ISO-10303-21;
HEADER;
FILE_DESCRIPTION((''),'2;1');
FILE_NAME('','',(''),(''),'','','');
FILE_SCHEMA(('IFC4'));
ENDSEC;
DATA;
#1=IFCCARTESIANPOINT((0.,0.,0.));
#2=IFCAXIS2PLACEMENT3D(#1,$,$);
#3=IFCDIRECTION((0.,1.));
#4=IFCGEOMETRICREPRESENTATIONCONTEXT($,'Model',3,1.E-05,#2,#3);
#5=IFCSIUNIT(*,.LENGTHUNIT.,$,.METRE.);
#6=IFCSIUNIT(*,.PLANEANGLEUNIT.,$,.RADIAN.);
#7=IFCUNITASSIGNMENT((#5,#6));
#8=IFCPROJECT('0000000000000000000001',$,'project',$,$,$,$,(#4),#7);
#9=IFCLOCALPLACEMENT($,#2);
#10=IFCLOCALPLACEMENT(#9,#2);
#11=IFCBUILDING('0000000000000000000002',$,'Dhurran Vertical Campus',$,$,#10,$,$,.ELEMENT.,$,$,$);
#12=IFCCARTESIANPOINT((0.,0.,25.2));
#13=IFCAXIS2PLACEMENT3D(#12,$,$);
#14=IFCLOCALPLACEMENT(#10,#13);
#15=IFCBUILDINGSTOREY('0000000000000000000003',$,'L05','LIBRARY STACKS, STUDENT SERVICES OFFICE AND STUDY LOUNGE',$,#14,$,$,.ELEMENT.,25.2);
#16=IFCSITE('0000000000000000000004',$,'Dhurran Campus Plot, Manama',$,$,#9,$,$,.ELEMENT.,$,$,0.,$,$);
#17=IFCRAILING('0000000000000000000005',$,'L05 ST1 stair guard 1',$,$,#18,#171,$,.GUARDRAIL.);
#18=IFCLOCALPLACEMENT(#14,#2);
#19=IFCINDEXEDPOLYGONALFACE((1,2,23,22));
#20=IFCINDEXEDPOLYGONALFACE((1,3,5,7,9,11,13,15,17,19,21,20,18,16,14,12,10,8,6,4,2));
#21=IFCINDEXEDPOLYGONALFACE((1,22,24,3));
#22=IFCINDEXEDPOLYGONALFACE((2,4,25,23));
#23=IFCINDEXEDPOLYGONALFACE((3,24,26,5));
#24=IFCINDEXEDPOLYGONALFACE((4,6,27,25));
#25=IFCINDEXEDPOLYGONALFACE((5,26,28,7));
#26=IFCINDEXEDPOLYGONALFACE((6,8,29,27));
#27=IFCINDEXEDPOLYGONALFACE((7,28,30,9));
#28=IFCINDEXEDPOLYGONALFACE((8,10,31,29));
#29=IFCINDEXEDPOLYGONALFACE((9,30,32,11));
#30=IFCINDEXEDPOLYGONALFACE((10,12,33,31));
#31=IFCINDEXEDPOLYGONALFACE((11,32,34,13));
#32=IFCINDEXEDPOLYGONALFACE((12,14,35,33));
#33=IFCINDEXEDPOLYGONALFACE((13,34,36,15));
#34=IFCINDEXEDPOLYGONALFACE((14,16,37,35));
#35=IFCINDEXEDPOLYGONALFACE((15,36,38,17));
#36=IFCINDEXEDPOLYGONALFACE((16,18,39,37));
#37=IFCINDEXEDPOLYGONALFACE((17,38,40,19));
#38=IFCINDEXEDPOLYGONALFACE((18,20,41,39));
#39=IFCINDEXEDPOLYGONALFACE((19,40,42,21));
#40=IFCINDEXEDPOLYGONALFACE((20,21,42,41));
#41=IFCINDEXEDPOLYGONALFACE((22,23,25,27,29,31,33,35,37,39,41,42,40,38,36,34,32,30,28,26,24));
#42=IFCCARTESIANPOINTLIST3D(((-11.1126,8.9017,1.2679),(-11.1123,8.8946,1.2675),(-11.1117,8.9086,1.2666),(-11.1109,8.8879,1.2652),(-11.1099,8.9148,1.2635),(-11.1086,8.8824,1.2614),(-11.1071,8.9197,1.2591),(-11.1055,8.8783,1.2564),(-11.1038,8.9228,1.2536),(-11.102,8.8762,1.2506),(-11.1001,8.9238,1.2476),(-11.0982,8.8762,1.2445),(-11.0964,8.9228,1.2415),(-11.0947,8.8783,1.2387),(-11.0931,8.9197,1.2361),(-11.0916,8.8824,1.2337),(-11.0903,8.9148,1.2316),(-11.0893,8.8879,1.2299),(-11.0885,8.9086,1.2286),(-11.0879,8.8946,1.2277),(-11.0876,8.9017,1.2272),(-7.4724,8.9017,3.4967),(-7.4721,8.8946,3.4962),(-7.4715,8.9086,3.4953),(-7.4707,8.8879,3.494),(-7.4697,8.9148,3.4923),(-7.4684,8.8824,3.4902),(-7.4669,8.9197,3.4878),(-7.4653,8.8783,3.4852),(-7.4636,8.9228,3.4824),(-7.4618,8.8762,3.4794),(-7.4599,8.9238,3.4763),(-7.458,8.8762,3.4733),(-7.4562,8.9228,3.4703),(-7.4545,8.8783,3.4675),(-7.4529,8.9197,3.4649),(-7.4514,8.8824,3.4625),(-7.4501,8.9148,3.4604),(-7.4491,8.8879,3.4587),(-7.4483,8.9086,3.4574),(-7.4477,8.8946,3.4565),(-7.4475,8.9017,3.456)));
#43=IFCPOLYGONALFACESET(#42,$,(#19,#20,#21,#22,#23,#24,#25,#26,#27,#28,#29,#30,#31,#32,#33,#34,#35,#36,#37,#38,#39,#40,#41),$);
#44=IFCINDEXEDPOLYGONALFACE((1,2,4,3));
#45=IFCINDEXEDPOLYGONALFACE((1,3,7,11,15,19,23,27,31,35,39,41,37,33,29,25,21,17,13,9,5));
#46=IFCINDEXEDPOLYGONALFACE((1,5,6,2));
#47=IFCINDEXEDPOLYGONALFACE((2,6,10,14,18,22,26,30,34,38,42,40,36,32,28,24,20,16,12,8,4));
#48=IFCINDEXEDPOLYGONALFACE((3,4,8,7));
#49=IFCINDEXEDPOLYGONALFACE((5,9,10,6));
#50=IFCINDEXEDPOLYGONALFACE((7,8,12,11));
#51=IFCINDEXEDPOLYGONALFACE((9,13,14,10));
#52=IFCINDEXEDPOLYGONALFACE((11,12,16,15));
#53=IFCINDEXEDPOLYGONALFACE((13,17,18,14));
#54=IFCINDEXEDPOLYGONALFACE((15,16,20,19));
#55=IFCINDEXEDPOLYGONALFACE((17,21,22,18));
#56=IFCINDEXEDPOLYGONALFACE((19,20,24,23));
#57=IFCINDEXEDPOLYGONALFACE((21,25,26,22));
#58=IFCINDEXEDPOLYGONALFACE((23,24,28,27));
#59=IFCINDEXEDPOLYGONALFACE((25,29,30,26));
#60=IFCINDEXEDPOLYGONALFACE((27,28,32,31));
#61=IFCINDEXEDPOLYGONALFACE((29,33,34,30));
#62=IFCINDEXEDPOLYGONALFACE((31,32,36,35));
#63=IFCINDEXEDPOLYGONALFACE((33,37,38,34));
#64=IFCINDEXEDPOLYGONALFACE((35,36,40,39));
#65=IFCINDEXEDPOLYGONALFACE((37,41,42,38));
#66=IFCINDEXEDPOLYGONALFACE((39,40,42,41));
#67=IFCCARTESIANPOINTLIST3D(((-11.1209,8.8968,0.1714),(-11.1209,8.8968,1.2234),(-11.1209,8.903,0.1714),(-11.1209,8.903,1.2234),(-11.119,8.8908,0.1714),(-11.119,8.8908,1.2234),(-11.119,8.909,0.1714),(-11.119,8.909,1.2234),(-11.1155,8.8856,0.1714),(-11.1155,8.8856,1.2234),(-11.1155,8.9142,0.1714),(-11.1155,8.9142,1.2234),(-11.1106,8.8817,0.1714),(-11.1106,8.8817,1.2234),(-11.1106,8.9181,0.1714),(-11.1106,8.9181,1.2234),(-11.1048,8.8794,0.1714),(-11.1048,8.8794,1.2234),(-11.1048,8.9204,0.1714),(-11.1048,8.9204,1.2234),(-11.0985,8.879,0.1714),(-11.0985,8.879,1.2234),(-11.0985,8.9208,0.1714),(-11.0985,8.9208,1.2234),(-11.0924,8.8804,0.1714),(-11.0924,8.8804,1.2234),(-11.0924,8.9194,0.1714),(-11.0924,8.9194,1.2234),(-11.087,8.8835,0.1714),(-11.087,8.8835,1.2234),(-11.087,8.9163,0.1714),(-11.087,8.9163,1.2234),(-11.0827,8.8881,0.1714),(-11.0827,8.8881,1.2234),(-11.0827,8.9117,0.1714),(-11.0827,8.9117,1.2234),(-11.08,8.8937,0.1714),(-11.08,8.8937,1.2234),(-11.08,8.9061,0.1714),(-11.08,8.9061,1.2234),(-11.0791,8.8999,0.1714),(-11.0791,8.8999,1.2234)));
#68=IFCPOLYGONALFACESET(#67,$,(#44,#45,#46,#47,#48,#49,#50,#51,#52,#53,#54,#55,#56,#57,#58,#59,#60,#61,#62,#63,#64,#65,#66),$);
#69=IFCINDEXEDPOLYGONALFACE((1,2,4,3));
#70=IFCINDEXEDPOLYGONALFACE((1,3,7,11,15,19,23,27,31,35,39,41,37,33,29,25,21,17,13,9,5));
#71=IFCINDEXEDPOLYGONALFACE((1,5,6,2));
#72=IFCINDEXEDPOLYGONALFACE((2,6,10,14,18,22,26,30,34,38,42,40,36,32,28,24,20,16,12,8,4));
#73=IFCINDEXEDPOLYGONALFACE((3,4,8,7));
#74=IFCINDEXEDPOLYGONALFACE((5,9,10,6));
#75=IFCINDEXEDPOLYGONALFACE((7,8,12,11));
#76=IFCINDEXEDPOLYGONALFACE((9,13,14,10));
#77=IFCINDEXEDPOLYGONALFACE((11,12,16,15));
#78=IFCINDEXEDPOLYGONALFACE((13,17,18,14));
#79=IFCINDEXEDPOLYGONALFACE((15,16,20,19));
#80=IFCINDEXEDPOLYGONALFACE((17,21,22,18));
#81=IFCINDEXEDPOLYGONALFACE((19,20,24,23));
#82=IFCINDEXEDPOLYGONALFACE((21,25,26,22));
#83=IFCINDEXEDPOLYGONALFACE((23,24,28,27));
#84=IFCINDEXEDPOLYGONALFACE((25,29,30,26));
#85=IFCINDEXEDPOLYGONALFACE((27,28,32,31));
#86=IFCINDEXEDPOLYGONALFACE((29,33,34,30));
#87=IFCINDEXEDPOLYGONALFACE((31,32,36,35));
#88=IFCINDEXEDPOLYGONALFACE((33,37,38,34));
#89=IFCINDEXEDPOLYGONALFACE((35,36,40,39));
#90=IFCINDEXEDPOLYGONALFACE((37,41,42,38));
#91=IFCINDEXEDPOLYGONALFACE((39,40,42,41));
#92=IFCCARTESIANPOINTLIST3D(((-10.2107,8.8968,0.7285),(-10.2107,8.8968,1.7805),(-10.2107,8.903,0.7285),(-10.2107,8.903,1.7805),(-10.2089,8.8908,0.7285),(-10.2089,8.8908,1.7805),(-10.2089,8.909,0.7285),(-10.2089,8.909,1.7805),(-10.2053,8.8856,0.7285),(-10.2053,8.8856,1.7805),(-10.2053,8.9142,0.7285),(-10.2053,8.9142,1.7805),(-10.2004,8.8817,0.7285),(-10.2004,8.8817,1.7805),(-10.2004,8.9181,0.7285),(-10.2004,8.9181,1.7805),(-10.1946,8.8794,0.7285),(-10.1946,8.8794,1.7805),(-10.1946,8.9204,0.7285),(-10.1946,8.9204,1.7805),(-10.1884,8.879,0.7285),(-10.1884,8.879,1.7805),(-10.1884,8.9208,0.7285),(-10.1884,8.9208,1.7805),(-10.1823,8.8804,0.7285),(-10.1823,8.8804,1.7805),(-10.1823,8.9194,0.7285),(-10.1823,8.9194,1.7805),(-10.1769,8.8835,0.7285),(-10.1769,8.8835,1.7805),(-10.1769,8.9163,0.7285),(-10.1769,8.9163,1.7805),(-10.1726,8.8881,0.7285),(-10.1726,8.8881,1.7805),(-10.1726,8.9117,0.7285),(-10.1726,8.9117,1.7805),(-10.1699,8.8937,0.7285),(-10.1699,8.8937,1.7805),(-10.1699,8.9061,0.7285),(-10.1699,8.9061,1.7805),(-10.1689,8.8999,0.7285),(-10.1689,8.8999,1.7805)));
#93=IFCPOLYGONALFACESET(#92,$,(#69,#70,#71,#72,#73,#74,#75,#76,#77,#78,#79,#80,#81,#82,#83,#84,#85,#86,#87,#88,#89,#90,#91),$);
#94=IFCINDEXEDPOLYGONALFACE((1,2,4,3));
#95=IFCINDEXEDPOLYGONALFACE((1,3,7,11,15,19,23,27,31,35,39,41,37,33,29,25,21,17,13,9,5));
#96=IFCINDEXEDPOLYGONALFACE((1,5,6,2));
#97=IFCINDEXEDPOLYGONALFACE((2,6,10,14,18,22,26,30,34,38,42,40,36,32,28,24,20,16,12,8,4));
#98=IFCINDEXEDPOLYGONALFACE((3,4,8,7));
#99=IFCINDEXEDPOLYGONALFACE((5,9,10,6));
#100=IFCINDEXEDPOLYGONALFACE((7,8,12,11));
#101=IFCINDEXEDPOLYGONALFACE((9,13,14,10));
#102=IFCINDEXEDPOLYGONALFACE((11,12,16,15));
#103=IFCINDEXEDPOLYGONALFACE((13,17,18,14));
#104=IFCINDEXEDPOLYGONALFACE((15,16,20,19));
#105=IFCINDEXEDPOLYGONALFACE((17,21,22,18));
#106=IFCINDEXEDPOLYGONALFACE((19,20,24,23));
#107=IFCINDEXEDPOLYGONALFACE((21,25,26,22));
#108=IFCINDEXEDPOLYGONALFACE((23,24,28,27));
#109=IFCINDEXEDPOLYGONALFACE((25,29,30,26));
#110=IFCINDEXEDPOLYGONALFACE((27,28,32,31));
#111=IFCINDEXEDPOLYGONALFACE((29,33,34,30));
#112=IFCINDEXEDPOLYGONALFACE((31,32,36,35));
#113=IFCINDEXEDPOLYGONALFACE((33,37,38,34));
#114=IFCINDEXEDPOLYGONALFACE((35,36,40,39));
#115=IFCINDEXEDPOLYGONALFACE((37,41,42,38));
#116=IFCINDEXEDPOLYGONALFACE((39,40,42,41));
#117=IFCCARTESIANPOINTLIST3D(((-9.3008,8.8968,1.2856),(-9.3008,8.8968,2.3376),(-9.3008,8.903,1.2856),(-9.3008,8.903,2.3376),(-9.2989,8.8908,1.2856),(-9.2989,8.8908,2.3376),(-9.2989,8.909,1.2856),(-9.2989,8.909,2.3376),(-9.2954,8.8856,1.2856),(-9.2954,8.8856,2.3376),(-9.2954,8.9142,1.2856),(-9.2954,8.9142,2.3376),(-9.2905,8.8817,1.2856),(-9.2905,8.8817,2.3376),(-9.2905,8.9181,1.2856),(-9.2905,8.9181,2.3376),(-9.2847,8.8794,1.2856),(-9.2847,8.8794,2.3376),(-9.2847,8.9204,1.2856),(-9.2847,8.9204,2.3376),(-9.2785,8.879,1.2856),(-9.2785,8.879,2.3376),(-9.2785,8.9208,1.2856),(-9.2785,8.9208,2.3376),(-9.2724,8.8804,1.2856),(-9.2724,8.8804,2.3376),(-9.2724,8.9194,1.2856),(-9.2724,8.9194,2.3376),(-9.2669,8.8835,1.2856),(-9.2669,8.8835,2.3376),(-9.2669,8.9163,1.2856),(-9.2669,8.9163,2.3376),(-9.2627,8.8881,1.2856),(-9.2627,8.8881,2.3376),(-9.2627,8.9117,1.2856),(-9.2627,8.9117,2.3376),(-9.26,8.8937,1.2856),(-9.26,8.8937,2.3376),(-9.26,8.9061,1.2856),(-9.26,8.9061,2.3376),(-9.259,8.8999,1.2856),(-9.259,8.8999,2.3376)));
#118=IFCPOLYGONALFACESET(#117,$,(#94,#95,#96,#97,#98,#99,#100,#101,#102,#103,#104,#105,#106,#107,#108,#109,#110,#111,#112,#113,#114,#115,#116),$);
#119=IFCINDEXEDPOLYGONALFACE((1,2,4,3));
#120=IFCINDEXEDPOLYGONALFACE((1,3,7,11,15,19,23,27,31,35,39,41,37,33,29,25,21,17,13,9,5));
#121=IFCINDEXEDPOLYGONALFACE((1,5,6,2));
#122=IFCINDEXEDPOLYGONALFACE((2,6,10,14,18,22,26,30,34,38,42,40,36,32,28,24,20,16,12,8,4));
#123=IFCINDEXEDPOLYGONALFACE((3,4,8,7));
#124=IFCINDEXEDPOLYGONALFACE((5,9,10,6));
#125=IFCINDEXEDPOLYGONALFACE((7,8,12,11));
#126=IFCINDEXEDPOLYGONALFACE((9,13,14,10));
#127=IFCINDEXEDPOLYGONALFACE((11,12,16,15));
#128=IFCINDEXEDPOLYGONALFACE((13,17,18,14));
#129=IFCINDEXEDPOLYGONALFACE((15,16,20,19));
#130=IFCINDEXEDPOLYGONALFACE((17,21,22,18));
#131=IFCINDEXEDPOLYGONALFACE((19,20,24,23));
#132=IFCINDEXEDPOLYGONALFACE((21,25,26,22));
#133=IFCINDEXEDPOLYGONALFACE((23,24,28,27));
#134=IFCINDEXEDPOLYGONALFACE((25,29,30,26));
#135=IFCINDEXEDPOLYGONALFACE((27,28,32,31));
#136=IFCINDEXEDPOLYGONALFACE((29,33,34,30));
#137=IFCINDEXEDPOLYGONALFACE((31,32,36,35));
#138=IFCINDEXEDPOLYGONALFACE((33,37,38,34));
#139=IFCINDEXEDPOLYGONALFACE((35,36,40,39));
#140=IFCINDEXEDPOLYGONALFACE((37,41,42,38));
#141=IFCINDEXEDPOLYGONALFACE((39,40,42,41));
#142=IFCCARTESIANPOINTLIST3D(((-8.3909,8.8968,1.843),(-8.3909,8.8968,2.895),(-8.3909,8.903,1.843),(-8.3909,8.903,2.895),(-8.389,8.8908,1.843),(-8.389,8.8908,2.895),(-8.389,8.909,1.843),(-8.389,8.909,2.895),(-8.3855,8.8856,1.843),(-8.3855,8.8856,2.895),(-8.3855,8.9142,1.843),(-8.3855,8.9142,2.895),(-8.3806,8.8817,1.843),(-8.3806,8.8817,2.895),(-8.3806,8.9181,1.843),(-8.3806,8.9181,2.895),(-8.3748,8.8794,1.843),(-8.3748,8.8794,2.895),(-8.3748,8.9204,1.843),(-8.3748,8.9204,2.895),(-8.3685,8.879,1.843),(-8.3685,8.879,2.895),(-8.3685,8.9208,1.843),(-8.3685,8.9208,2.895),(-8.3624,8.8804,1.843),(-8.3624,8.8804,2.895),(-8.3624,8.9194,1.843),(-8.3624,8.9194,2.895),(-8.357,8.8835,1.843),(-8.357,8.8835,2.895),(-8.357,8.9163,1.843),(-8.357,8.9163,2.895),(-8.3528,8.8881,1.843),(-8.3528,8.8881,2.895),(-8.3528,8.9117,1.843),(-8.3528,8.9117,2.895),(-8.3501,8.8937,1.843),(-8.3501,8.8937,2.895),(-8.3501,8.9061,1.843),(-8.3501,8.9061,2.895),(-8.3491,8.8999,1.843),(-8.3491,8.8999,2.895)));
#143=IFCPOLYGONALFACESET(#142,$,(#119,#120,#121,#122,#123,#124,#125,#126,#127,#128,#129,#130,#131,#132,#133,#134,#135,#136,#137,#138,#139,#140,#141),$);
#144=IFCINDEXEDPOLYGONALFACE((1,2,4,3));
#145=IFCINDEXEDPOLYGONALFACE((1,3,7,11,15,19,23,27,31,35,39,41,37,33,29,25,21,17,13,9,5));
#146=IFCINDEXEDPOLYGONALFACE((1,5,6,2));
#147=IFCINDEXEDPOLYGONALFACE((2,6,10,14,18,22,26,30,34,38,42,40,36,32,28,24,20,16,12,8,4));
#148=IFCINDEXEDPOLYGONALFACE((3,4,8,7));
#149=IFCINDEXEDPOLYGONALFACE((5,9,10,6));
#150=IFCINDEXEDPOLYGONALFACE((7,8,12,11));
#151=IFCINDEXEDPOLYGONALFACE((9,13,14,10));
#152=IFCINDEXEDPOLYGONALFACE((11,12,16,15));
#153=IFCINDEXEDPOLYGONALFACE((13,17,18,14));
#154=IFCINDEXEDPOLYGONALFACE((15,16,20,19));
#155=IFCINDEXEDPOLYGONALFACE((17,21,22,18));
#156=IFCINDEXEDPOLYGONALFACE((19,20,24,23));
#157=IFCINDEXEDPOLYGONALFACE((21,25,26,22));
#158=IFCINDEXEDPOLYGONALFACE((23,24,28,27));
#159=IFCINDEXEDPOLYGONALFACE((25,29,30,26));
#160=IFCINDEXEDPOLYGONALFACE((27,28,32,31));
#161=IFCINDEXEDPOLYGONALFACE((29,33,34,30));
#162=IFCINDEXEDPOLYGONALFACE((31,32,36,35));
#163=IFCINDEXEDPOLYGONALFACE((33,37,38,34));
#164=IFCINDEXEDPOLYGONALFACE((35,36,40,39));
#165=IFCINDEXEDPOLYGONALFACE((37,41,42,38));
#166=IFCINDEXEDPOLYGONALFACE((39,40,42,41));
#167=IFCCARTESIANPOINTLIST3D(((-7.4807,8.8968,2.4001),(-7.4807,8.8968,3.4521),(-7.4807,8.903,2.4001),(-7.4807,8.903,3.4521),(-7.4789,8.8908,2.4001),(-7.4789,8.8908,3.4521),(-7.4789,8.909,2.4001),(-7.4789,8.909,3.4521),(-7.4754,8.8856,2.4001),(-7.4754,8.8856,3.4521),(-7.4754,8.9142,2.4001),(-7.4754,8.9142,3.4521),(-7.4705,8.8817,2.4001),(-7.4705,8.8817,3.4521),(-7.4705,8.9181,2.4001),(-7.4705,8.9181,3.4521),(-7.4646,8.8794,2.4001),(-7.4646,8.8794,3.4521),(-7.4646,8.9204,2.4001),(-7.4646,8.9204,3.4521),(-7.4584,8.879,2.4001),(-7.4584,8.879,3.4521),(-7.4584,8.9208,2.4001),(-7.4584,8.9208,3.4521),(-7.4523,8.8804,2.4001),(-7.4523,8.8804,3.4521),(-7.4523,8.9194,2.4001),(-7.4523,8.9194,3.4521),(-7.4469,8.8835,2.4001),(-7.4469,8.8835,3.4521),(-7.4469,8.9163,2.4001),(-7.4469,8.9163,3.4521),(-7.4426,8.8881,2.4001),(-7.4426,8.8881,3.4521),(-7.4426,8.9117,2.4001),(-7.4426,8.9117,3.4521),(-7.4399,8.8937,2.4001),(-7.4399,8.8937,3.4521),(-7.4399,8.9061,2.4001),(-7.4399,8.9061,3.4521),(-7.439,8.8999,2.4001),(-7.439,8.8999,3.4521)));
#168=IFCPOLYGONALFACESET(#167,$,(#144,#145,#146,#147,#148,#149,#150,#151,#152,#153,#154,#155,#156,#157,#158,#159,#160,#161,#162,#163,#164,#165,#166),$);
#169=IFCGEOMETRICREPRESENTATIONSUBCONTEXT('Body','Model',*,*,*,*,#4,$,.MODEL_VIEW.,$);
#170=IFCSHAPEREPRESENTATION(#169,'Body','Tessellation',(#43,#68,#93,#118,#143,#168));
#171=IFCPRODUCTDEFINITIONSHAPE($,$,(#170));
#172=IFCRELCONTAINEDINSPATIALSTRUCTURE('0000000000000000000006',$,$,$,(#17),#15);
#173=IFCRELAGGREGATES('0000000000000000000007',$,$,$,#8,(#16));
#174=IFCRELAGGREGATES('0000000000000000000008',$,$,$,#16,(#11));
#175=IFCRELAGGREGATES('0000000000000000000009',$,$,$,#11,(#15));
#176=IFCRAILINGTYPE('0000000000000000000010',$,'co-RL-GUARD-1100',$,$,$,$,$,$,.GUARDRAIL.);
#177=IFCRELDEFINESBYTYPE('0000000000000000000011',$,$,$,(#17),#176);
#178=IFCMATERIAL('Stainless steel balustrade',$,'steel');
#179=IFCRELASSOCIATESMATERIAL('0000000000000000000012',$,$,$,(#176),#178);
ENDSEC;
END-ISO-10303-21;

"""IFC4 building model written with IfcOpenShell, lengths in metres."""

from ifc_helpers import new_model, si_unit, direction, frame, origin, origin_2d, place, context, subcontext, project, spatial, circle, extrude, material, type_object, element, save


model = new_model("IFC4")

# Units and contexts
model_context = context("Model", 3, precision=1e-05, world=origin(), true_north=direction((0.0, 1.0)))
body_context = subcontext(model_context, "Body", "Model", "MODEL_VIEW")
ifc_project = project(units=[si_unit("LENGTHUNIT", "METRE"), si_unit("PLANEANGLEUNIT", "RADIAN")], contexts=[model_context])

# Site, building, storey
site_placement = place(None, origin())
site = spatial("IfcSite", under=ifc_project, at=site_placement, Name="Dhurran Campus Plot, Manama", CompositionType="ELEMENT", RefElevation=0.0)
building_placement = place(site_placement, origin())
building = spatial("IfcBuilding", under=site, at=building_placement, Name="Dhurran Vertical Campus", CompositionType="ELEMENT")
storey_placement = place(building_placement, frame((0.0, 0.0, 25.2)))
storey = spatial("IfcBuildingStorey", under=building, at=storey_placement, Name="L05", Description="LIBRARY STACKS, STUDENT SERVICES OFFICE AND STUDY LOUNGE", CompositionType="ELEMENT", Elevation=25.2)

# Railing
ifc_material_1 = material(Name="Stainless steel balustrade", Category="steel")
railing_type_1 = type_object("IfcRailingType", Name="co-RL-GUARD-1100", PredefinedType="GUARDRAIL", material=ifc_material_1)
railing_1_placement = place(storey_placement, frame((-11.1001, 8.8999, 0.1714)))
element("IfcRailing", 1, at=railing_1_placement, inside=storey, type_object=railing_type_1, Name="L05 ST1 stair guard 1", PredefinedType="GUARDRAIL", context=body_context, shape_type="SweptSolid", body=[
    extrude(circle(Radius=0.0239, at=origin_2d()), frame((0.0, 0.0, 1.0762), z_axis=(0.85284, 0.0, 0.522172), x_axis=(0.0, 1.0, 0.0)), (0.0, 0.0, 1.0), 4.2683),
    extrude(circle(Radius=0.021, at=origin_2d()), origin(), (0.0, 0.0, 1.0), 1.052),
    extrude(circle(Radius=0.021, at=origin_2d()), frame((0.9102, 0.0, 0.5571)), (0.0, 0.0, 1.0), 1.052),
    extrude(circle(Radius=0.021, at=origin_2d()), frame((1.8201, 0.0, 1.1143)), (0.0, 0.0, 1.0), 1.052),
    extrude(circle(Radius=0.021, at=origin_2d()), frame((2.73, 0.0, 1.6716)), (0.0, 0.0, 1.0), 1.052),
    extrude(circle(Radius=0.021, at=origin_2d()), frame((3.6401, 0.0, 2.2288)), (0.0, 0.0, 1.0), 1.052),
])

save(model, "model.ifc")
